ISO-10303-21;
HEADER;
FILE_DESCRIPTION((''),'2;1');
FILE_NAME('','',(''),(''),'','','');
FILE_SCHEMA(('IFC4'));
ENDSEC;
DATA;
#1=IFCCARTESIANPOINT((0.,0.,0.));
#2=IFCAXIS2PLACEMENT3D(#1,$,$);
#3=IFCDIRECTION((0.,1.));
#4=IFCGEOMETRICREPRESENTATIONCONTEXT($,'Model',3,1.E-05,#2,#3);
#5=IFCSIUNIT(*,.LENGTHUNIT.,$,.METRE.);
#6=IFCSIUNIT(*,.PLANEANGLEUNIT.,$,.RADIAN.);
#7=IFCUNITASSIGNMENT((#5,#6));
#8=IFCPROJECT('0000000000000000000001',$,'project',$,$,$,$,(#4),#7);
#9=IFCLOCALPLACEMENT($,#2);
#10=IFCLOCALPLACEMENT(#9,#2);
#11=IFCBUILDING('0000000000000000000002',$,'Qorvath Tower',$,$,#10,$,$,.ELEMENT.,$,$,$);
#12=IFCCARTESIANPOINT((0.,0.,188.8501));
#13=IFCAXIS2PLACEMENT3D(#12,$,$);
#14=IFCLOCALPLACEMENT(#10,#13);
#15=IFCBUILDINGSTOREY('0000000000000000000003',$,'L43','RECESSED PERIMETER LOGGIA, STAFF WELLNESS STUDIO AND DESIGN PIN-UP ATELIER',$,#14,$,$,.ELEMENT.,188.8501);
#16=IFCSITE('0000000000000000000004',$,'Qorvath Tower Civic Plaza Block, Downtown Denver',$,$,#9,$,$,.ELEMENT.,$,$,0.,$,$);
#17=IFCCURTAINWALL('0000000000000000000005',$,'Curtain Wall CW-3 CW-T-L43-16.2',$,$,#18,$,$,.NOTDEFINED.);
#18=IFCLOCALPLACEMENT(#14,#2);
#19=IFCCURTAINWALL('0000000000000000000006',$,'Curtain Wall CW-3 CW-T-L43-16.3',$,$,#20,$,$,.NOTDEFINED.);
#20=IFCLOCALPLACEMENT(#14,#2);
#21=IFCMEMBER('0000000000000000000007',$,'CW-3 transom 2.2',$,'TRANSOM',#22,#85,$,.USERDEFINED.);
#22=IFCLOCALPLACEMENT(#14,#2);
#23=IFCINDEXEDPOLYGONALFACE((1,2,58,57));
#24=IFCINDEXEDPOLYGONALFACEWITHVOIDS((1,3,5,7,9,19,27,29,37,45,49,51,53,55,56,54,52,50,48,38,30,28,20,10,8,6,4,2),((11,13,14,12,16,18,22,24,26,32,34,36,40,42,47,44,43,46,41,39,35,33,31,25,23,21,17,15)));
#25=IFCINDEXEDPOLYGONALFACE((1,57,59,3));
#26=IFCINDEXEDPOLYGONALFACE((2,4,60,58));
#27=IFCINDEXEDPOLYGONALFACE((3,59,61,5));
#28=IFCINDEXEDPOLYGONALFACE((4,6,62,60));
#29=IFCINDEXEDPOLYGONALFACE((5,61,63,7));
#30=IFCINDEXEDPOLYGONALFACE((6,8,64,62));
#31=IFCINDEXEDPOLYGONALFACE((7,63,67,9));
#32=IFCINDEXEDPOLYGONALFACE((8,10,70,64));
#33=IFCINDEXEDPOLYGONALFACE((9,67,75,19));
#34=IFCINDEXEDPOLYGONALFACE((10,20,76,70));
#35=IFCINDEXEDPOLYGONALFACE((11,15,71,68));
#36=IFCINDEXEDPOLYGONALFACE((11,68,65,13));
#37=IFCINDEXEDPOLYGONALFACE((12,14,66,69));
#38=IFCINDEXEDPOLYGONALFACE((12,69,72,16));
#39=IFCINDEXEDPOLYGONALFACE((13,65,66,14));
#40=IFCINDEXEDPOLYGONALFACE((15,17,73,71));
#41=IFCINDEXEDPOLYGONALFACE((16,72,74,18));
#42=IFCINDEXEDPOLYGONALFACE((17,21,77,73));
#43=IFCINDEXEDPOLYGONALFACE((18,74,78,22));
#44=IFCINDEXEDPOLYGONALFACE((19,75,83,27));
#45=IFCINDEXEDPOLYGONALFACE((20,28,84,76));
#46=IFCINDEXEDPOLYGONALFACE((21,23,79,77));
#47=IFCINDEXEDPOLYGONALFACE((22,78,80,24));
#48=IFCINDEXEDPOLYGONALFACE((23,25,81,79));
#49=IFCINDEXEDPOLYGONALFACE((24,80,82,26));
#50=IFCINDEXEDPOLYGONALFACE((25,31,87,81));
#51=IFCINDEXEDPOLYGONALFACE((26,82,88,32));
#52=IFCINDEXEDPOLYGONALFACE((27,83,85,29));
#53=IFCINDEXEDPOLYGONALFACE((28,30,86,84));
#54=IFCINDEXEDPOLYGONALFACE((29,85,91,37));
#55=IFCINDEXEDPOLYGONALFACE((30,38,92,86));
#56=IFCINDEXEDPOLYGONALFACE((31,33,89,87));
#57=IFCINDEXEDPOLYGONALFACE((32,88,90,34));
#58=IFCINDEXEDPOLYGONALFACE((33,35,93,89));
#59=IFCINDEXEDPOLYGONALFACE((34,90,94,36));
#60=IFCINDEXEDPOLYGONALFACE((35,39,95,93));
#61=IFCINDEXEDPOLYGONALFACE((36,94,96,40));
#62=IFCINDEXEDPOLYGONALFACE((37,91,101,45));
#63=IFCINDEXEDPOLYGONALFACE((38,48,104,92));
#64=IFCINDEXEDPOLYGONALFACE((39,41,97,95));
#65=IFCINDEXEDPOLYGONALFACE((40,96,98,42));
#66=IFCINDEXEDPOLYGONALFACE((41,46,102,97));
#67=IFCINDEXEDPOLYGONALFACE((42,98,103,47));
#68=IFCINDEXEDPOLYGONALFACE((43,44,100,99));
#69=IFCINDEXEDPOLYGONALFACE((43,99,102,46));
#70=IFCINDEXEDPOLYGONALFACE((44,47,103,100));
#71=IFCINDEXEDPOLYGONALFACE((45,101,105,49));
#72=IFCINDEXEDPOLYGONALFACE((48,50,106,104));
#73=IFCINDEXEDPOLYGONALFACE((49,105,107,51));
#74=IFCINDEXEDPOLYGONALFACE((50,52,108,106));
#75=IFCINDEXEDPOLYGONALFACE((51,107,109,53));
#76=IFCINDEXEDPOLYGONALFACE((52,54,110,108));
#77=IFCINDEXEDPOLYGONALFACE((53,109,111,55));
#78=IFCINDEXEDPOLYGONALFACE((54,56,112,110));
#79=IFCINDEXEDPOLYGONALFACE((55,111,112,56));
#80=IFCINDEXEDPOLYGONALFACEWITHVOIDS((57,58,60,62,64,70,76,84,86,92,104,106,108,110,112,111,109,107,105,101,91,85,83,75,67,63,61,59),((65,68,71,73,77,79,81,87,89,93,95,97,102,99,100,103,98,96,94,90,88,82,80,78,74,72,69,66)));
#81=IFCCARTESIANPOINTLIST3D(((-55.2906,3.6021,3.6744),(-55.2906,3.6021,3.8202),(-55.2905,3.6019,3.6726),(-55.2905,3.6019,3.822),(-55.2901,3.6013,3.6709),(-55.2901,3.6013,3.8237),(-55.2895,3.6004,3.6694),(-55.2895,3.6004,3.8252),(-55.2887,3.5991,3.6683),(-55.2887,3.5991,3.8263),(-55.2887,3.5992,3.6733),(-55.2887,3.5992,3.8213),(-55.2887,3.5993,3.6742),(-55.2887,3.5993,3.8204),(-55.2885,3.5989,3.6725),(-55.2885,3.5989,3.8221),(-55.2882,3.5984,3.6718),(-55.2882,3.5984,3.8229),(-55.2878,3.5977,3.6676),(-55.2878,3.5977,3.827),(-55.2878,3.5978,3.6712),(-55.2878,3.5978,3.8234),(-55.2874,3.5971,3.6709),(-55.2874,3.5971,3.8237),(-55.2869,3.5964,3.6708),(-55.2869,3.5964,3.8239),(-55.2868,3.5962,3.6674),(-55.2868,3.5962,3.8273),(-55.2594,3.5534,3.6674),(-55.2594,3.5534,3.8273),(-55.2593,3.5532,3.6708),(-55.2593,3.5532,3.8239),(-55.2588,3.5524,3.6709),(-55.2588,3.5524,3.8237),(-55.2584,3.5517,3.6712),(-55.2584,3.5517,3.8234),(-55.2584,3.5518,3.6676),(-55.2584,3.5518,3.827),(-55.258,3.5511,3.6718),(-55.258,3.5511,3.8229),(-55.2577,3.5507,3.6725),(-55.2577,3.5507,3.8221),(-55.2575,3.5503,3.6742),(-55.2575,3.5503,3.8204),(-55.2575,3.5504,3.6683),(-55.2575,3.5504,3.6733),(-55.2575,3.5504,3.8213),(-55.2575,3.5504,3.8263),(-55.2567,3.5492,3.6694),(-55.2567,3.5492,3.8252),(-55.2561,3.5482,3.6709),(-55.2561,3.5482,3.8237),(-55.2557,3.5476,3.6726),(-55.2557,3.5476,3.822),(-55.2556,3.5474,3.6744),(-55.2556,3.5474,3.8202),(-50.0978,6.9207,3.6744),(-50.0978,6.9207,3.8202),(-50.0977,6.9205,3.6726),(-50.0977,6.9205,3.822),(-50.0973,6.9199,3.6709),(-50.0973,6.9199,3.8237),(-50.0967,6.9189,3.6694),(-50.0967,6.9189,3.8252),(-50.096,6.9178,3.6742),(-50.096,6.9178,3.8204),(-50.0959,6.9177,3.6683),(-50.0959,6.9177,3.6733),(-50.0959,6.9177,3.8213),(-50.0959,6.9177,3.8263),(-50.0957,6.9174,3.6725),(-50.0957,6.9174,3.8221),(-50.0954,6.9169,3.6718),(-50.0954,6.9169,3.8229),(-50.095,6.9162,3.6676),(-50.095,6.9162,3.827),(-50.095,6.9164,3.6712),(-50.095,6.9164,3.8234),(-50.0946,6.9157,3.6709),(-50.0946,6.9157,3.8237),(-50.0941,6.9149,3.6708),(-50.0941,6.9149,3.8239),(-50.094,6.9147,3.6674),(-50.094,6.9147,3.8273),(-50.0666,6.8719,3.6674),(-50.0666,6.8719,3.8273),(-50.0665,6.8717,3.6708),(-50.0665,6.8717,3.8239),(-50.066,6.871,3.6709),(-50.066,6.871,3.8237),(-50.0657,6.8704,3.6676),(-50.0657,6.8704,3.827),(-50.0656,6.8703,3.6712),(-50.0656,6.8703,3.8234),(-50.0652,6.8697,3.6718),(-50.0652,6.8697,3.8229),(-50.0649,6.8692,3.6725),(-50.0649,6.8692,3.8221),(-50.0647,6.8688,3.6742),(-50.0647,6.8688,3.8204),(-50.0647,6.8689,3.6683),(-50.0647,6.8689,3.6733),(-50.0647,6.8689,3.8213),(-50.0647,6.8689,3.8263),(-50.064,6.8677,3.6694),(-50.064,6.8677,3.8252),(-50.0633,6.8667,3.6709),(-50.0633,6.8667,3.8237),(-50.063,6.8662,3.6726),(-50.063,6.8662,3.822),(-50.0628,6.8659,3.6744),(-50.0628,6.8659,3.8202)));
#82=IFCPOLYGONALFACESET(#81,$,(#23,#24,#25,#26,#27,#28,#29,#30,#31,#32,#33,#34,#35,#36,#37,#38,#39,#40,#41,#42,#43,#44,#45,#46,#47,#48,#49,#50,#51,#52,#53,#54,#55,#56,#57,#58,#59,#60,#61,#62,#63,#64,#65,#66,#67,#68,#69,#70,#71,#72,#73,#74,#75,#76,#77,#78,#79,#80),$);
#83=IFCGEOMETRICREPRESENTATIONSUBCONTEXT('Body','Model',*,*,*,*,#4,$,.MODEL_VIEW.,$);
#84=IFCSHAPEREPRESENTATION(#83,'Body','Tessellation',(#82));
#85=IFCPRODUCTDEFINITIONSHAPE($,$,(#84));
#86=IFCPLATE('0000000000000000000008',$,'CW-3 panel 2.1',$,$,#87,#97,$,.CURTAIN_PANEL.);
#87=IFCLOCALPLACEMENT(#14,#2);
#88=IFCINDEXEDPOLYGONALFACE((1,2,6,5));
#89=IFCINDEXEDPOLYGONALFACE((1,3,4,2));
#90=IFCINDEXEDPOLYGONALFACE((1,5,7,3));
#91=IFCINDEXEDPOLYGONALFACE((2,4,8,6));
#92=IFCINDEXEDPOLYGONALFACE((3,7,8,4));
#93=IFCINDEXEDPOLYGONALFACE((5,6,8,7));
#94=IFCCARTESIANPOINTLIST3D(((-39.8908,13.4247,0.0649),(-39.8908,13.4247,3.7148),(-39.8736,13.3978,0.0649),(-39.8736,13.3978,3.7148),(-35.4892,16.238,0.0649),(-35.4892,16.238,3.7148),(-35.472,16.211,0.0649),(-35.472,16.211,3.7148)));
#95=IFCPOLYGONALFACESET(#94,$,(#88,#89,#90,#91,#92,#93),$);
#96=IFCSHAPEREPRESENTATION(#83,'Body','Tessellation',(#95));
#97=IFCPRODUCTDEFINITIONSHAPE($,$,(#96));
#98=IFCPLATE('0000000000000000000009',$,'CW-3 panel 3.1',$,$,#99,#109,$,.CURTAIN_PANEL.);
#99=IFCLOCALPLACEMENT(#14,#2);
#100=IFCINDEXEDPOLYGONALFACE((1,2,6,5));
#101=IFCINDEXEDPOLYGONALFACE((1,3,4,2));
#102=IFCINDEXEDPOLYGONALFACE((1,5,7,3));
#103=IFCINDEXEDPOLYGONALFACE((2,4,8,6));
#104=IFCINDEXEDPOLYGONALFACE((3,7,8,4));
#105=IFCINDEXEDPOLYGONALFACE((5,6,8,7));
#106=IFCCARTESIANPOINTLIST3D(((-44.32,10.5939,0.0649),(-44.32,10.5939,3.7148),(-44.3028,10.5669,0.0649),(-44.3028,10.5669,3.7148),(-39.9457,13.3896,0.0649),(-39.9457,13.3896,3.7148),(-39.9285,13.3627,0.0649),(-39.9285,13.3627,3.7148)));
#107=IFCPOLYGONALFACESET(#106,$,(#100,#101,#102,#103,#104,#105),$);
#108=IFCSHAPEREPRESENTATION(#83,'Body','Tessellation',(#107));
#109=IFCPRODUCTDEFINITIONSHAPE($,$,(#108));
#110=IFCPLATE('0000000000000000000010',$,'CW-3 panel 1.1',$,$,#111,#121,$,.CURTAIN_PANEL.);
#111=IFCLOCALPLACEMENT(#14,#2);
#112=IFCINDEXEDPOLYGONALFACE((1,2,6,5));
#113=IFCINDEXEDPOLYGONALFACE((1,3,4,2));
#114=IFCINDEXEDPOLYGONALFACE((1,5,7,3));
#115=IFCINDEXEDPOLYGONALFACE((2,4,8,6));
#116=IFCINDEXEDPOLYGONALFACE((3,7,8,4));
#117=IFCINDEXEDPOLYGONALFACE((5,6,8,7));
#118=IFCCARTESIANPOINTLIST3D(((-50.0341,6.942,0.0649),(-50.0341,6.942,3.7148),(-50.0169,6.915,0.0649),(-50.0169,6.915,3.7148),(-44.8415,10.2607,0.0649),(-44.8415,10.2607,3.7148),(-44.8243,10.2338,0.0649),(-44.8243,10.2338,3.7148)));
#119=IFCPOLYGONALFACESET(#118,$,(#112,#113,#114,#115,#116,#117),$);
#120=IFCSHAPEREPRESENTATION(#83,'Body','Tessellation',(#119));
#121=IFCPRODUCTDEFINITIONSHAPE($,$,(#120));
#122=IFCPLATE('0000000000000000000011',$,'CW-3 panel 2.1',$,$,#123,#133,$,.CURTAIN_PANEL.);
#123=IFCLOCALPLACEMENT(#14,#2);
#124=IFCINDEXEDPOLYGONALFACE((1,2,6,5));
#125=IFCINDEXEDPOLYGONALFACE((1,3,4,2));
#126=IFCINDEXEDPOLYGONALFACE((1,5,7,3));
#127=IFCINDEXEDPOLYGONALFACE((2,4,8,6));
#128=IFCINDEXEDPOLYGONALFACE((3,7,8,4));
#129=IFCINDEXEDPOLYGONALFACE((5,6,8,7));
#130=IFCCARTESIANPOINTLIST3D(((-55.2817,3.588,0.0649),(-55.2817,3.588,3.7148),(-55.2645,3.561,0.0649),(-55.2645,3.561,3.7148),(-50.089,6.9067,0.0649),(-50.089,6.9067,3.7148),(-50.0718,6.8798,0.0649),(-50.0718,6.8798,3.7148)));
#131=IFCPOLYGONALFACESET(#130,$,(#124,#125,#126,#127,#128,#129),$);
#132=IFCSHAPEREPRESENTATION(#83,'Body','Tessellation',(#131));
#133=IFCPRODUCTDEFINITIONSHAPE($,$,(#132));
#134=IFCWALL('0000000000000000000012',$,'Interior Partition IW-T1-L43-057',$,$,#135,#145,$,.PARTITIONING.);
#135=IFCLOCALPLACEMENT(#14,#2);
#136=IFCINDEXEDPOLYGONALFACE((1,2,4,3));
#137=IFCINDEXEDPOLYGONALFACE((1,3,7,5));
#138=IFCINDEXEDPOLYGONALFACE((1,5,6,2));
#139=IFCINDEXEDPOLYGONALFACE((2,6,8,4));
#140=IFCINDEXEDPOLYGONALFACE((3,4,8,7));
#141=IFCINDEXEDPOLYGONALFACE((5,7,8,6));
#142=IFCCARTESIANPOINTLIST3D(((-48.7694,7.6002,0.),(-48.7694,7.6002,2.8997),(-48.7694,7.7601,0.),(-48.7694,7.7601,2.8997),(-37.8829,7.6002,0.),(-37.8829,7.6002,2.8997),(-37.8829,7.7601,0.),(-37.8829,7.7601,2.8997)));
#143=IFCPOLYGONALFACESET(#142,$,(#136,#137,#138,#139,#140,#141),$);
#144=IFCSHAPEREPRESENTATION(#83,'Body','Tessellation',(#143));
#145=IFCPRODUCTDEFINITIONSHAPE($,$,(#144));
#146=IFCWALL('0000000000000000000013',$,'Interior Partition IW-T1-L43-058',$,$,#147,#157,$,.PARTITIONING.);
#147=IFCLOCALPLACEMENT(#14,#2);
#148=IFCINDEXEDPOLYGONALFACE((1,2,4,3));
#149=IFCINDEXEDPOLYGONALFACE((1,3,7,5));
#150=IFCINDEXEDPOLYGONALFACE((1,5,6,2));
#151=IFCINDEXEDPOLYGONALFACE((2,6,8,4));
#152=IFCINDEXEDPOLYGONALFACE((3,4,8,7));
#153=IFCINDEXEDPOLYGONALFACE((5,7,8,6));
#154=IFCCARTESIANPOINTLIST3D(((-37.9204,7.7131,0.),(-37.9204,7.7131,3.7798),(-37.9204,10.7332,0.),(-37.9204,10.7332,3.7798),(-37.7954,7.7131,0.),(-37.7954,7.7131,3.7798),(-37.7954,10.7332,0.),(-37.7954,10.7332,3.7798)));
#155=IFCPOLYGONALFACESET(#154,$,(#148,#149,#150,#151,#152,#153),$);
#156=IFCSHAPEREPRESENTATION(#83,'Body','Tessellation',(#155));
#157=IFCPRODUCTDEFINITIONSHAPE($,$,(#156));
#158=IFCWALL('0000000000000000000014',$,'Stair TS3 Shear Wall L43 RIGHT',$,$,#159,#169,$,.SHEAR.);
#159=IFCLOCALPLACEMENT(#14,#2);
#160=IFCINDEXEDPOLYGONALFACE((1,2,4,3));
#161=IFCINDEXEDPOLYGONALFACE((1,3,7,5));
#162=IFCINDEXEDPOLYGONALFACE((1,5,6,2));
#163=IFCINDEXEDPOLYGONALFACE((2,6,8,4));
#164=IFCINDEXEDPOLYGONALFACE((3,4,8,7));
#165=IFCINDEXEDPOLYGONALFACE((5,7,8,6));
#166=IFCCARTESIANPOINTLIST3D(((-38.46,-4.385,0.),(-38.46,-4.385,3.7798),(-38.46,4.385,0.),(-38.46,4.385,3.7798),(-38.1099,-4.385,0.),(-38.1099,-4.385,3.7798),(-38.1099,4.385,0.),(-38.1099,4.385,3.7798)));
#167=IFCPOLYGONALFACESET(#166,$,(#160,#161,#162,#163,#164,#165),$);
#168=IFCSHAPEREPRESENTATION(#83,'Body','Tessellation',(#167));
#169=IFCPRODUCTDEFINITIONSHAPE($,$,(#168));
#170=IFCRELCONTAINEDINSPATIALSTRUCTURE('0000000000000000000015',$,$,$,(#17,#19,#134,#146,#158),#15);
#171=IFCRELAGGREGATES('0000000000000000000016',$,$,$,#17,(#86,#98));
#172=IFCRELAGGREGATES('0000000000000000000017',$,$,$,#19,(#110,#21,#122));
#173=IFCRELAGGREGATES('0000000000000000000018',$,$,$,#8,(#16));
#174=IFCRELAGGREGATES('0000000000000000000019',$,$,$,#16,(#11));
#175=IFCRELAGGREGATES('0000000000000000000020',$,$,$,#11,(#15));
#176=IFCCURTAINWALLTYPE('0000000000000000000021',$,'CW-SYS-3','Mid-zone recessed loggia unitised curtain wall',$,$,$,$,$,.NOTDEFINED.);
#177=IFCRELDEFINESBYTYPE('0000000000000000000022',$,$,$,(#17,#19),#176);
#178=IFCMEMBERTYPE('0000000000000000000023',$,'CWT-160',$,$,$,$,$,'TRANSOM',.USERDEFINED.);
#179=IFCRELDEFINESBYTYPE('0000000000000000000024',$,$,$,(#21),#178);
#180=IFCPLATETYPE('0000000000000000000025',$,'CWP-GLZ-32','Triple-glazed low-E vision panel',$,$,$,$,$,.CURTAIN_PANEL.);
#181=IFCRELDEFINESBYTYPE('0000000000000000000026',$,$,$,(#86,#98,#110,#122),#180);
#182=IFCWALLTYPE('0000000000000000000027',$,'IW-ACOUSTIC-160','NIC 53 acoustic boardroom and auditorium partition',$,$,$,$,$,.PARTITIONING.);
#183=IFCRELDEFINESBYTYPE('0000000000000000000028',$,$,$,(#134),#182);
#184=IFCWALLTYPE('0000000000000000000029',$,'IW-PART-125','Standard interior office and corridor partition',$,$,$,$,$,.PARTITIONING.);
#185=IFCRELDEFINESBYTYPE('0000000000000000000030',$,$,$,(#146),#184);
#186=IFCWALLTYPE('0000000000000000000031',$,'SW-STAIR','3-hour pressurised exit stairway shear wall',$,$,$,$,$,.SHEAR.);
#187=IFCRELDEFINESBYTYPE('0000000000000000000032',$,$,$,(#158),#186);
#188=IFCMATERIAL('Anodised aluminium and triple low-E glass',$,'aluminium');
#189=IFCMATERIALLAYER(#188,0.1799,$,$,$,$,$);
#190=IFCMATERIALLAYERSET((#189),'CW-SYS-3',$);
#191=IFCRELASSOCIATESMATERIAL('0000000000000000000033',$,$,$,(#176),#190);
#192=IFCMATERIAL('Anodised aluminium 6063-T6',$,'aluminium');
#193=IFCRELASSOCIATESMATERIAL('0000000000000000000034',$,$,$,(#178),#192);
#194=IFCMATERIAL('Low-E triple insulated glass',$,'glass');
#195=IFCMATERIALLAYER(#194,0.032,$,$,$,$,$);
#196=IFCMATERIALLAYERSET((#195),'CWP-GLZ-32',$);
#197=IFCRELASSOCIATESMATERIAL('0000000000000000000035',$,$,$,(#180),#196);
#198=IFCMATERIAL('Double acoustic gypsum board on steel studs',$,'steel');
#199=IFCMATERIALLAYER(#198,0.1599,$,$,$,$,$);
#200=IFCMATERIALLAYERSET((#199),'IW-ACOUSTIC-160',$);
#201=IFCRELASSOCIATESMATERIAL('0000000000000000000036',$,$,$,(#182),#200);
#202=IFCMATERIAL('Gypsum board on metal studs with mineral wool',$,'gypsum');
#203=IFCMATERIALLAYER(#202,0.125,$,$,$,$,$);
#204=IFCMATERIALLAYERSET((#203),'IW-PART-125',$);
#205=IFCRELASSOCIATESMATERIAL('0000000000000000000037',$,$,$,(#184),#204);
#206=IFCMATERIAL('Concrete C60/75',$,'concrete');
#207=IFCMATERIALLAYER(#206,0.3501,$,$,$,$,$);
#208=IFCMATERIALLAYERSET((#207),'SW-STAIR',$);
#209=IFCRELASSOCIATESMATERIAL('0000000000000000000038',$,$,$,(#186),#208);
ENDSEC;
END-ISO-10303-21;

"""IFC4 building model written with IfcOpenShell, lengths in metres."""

from ifc_helpers import new_model, si_unit, direction, frame, frame_2d, origin, origin_2d, place, context, subcontext, project, spatial, rectangle, hollow_rectangle, extrude, material, layer, layer_set, material_profile, profile_set, type_object, element, aggregate, save


model = new_model("IFC4")

# Units and contexts
model_context = context("Model", 3, precision=1e-05, world=origin(), true_north=direction((0.0, 1.0)))
body_context = subcontext(model_context, "Body", "Model", "MODEL_VIEW")
ifc_project = project(units=[si_unit("LENGTHUNIT", "METRE"), si_unit("PLANEANGLEUNIT", "RADIAN")], contexts=[model_context])

# Site, building, storey
site_placement = place(None, origin())
site = spatial("IfcSite", under=ifc_project, at=site_placement, Name="Qorvath Tower Civic Plaza Block, Downtown Denver", CompositionType="ELEMENT", RefElevation=0.0)
building_placement = place(site_placement, origin())
building = spatial("IfcBuilding", under=site, at=building_placement, Name="Qorvath Tower", CompositionType="ELEMENT")
storey_placement = place(building_placement, frame((0.0, 0.0, 188.8501)))
storey = spatial("IfcBuildingStorey", under=building, at=storey_placement, Name="L43", Description="RECESSED PERIMETER LOGGIA, STAFF WELLNESS STUDIO AND DESIGN PIN-UP ATELIER", CompositionType="ELEMENT", Elevation=188.8501)

# Curtain walls
ifc_material_1 = material(Name="Anodised aluminium and triple low-E glass", Category="aluminium")
ifc_layer_1 = layer(ifc_material_1, 0.1799)
ifc_layer_set_1 = layer_set([ifc_layer_1], Name="CW-SYS-3")
curtain_wall_type = type_object("IfcCurtainWallType", Name="CW-SYS-3", Description="Mid-zone recessed loggia unitised curtain wall", PredefinedType="NOTDEFINED", material=ifc_layer_set_1)
curtain_wall_1_placement = place(storey_placement, origin())
curtain_wall_1 = element("IfcCurtainWall", 1, at=curtain_wall_1_placement, inside=storey, type_object=curtain_wall_type, Name="Curtain Wall CW-3 CW-T-L43-16.2", PredefinedType="NOTDEFINED")
curtain_wall_2_placement = place(storey_placement, origin())
curtain_wall_2 = element("IfcCurtainWall", 2, at=curtain_wall_2_placement, inside=storey, type_object=curtain_wall_type, Name="Curtain Wall CW-3 CW-T-L43-16.3", PredefinedType="NOTDEFINED")

# Member
ifc_material_2 = material(Name="Anodised aluminium 6063-T6", Category="aluminium")
ifc_material_profile_1 = material_profile(ifc_material_2, hollow_rectangle(XDim=0.0649, YDim=0.1599, WallThickness=0.0034, InnerFilletRadius=0.0034, OuterFilletRadius=0.0071, at=origin_2d()), Name="CWT 160x65")
ifc_profile_set_1 = profile_set([ifc_material_profile_1], Name="Anodised aluminium 6063-T6")
member_type_1 = type_object("IfcMemberType", Name="CWT-160", ElementType="TRANSOM", PredefinedType="USERDEFINED", material=ifc_profile_set_1)
member_1_placement = place(storey_placement, frame((-50.0803, 6.8933, 3.7473), z_axis=(-0.842627, -0.538497, 0.0), x_axis=(0.538497, -0.842627, 0.0)))
member_1 = element("IfcMember", 3, at=member_1_placement, type_object=member_type_1, Name="CW-3 transom 2.2", ObjectType="TRANSOM", PredefinedType="USERDEFINED", context=body_context, shape_type="SweptSolid", body=[
    extrude(hollow_rectangle(XDim=0.0649, YDim=0.1599, WallThickness=0.0034, InnerFilletRadius=0.0034, OuterFilletRadius=0.0071, at=origin_2d()), origin(), (0.0, 0.0, 1.0), 6.1626),
])

# Plates
ifc_material_3 = material(Name="Low-E triple insulated glass", Category="glass")
ifc_layer_2 = layer(ifc_material_3, 0.032)
ifc_layer_set_2 = layer_set([ifc_layer_2], Name="CWP-GLZ-32")
plate_type = type_object("IfcPlateType", Name="CWP-GLZ-32", Description="Triple-glazed low-E vision panel", PredefinedType="CURTAIN_PANEL", material=ifc_layer_set_2)
plate_1_placement = place(storey_placement, frame((-37.6814, 14.8179, 0.0649), z_axis=(0.0, 0.0, 1.0), x_axis=(-0.842604, -0.538533, 0.0)))
plate_1 = element("IfcPlate", 4, at=plate_1_placement, type_object=plate_type, Name="CW-3 panel 2.1", PredefinedType="CURTAIN_PANEL", context=body_context, shape_type="SweptSolid", body=[
    extrude(rectangle(XDim=5.2239, YDim=0.032, at=origin_2d()), origin(), (0.0, 0.0, 1.0), 3.6499),
])
plate_2_placement = place(storey_placement, frame((-42.1243, 11.9783, 0.0649), z_axis=(0.0, 0.0, 1.0), x_axis=(-0.842604, -0.538533, 0.0)))
plate_2 = element("IfcPlate", 5, at=plate_2_placement, type_object=plate_type, Name="CW-3 panel 3.1", PredefinedType="CURTAIN_PANEL", context=body_context, shape_type="SweptSolid", body=[
    extrude(rectangle(XDim=5.1914, YDim=0.032, at=origin_2d()), origin(), (0.0, 0.0, 1.0), 3.6499),
])
aggregate(curtain_wall_1, [plate_1, plate_2])
plate_3_placement = place(storey_placement, frame((-47.4292, 8.5879, 0.0649), z_axis=(0.0, 0.0, 1.0), x_axis=(-0.842607, -0.538528, 0.0)))
plate_3 = element("IfcPlate", 6, at=plate_3_placement, type_object=plate_type, Name="CW-3 panel 1.1", PredefinedType="CURTAIN_PANEL", context=body_context, shape_type="SweptSolid", body=[
    extrude(rectangle(XDim=6.1626, YDim=0.032, at=origin_2d()), origin(), (0.0, 0.0, 1.0), 3.6499),
])
plate_4_placement = place(storey_placement, frame((-52.6768, 5.2339, 0.0649), z_axis=(0.0, 0.0, 1.0), x_axis=(-0.842607, -0.538528, 0.0)))
plate_4 = element("IfcPlate", 7, at=plate_4_placement, type_object=plate_type, Name="CW-3 panel 2.1", PredefinedType="CURTAIN_PANEL", context=body_context, shape_type="SweptSolid", body=[
    extrude(rectangle(XDim=6.1626, YDim=0.032, at=origin_2d()), origin(), (0.0, 0.0, 1.0), 3.6499),
])
aggregate(curtain_wall_2, [plate_3, member_1, plate_4])

# Shared definitions
ifc_material_4 = material(Name="Double acoustic gypsum board on steel studs", Category="steel")
ifc_layer_3 = layer(ifc_material_4, 0.1599)
ifc_layer_set_3 = layer_set([ifc_layer_3], Name="IW-ACOUSTIC-160")
wall_type_1 = type_object("IfcWallType", Name="IW-ACOUSTIC-160", Description="NIC 53 acoustic boardroom and auditorium partition", PredefinedType="PARTITIONING", material=ifc_layer_set_3)

# Walls
wall_1_placement = place(storey_placement, frame((-37.8828, 7.6802, 0.0), z_axis=(0.0, 0.0, 1.0), x_axis=(-1.0, 0.0, 0.0)))
element("IfcWall", 8, at=wall_1_placement, inside=storey, type_object=wall_type_1, Name="Interior Partition IW-T1-L43-057", PredefinedType="PARTITIONING", context=body_context, shape_type="SweptSolid", body=[
    extrude(rectangle(XDim=10.8865, YDim=0.1599, at=frame_2d((5.4434, 0.0))), origin(), (0.0, 0.0, 1.0), 2.8997),
])
ifc_material_5 = material(Name="Gypsum board on metal studs with mineral wool", Category="gypsum")
ifc_layer_4 = layer(ifc_material_5, 0.125)
ifc_layer_set_4 = layer_set([ifc_layer_4], Name="IW-PART-125")
wall_type_2 = type_object("IfcWallType", Name="IW-PART-125", Description="Standard interior office and corridor partition", PredefinedType="PARTITIONING", material=ifc_layer_set_4)
wall_2_placement = place(storey_placement, frame((-37.8579, 7.7131, 0.0), z_axis=(0.0, 0.0, 1.0), x_axis=(0.0, 1.0, 0.0)))
element("IfcWall", 9, at=wall_2_placement, inside=storey, type_object=wall_type_2, Name="Interior Partition IW-T1-L43-058", PredefinedType="PARTITIONING", context=body_context, shape_type="SweptSolid", body=[
    extrude(rectangle(XDim=3.02, YDim=0.125, at=frame_2d((1.51, 0.0))), origin(), (0.0, 0.0, 1.0), 3.7798),
])

# Wall
ifc_material_6 = material(Name="Concrete C60/75", Category="concrete")
ifc_layer_5 = layer(ifc_material_6, 0.3501)
ifc_layer_set_5 = layer_set([ifc_layer_5], Name="SW-STAIR")
wall_type_3 = type_object("IfcWallType", Name="SW-STAIR", Description="3-hour pressurised exit stairway shear wall", PredefinedType="SHEAR", material=ifc_layer_set_5)
wall_3_placement = place(storey_placement, frame((-38.2849, 4.385, 0.0), z_axis=(0.0, 0.0, 1.0), x_axis=(0.0, -1.0, 0.0)))
element("IfcWall", 10, at=wall_3_placement, inside=storey, type_object=wall_type_3, Name="Stair TS3 Shear Wall L43 RIGHT", PredefinedType="SHEAR", context=body_context, shape_type="SweptSolid", body=[
    extrude(rectangle(XDim=8.77, YDim=0.3501, at=frame_2d((4.385, 0.0))), origin(), (0.0, 0.0, 1.0), 3.7798),
])

save(model, "model.ifc")
